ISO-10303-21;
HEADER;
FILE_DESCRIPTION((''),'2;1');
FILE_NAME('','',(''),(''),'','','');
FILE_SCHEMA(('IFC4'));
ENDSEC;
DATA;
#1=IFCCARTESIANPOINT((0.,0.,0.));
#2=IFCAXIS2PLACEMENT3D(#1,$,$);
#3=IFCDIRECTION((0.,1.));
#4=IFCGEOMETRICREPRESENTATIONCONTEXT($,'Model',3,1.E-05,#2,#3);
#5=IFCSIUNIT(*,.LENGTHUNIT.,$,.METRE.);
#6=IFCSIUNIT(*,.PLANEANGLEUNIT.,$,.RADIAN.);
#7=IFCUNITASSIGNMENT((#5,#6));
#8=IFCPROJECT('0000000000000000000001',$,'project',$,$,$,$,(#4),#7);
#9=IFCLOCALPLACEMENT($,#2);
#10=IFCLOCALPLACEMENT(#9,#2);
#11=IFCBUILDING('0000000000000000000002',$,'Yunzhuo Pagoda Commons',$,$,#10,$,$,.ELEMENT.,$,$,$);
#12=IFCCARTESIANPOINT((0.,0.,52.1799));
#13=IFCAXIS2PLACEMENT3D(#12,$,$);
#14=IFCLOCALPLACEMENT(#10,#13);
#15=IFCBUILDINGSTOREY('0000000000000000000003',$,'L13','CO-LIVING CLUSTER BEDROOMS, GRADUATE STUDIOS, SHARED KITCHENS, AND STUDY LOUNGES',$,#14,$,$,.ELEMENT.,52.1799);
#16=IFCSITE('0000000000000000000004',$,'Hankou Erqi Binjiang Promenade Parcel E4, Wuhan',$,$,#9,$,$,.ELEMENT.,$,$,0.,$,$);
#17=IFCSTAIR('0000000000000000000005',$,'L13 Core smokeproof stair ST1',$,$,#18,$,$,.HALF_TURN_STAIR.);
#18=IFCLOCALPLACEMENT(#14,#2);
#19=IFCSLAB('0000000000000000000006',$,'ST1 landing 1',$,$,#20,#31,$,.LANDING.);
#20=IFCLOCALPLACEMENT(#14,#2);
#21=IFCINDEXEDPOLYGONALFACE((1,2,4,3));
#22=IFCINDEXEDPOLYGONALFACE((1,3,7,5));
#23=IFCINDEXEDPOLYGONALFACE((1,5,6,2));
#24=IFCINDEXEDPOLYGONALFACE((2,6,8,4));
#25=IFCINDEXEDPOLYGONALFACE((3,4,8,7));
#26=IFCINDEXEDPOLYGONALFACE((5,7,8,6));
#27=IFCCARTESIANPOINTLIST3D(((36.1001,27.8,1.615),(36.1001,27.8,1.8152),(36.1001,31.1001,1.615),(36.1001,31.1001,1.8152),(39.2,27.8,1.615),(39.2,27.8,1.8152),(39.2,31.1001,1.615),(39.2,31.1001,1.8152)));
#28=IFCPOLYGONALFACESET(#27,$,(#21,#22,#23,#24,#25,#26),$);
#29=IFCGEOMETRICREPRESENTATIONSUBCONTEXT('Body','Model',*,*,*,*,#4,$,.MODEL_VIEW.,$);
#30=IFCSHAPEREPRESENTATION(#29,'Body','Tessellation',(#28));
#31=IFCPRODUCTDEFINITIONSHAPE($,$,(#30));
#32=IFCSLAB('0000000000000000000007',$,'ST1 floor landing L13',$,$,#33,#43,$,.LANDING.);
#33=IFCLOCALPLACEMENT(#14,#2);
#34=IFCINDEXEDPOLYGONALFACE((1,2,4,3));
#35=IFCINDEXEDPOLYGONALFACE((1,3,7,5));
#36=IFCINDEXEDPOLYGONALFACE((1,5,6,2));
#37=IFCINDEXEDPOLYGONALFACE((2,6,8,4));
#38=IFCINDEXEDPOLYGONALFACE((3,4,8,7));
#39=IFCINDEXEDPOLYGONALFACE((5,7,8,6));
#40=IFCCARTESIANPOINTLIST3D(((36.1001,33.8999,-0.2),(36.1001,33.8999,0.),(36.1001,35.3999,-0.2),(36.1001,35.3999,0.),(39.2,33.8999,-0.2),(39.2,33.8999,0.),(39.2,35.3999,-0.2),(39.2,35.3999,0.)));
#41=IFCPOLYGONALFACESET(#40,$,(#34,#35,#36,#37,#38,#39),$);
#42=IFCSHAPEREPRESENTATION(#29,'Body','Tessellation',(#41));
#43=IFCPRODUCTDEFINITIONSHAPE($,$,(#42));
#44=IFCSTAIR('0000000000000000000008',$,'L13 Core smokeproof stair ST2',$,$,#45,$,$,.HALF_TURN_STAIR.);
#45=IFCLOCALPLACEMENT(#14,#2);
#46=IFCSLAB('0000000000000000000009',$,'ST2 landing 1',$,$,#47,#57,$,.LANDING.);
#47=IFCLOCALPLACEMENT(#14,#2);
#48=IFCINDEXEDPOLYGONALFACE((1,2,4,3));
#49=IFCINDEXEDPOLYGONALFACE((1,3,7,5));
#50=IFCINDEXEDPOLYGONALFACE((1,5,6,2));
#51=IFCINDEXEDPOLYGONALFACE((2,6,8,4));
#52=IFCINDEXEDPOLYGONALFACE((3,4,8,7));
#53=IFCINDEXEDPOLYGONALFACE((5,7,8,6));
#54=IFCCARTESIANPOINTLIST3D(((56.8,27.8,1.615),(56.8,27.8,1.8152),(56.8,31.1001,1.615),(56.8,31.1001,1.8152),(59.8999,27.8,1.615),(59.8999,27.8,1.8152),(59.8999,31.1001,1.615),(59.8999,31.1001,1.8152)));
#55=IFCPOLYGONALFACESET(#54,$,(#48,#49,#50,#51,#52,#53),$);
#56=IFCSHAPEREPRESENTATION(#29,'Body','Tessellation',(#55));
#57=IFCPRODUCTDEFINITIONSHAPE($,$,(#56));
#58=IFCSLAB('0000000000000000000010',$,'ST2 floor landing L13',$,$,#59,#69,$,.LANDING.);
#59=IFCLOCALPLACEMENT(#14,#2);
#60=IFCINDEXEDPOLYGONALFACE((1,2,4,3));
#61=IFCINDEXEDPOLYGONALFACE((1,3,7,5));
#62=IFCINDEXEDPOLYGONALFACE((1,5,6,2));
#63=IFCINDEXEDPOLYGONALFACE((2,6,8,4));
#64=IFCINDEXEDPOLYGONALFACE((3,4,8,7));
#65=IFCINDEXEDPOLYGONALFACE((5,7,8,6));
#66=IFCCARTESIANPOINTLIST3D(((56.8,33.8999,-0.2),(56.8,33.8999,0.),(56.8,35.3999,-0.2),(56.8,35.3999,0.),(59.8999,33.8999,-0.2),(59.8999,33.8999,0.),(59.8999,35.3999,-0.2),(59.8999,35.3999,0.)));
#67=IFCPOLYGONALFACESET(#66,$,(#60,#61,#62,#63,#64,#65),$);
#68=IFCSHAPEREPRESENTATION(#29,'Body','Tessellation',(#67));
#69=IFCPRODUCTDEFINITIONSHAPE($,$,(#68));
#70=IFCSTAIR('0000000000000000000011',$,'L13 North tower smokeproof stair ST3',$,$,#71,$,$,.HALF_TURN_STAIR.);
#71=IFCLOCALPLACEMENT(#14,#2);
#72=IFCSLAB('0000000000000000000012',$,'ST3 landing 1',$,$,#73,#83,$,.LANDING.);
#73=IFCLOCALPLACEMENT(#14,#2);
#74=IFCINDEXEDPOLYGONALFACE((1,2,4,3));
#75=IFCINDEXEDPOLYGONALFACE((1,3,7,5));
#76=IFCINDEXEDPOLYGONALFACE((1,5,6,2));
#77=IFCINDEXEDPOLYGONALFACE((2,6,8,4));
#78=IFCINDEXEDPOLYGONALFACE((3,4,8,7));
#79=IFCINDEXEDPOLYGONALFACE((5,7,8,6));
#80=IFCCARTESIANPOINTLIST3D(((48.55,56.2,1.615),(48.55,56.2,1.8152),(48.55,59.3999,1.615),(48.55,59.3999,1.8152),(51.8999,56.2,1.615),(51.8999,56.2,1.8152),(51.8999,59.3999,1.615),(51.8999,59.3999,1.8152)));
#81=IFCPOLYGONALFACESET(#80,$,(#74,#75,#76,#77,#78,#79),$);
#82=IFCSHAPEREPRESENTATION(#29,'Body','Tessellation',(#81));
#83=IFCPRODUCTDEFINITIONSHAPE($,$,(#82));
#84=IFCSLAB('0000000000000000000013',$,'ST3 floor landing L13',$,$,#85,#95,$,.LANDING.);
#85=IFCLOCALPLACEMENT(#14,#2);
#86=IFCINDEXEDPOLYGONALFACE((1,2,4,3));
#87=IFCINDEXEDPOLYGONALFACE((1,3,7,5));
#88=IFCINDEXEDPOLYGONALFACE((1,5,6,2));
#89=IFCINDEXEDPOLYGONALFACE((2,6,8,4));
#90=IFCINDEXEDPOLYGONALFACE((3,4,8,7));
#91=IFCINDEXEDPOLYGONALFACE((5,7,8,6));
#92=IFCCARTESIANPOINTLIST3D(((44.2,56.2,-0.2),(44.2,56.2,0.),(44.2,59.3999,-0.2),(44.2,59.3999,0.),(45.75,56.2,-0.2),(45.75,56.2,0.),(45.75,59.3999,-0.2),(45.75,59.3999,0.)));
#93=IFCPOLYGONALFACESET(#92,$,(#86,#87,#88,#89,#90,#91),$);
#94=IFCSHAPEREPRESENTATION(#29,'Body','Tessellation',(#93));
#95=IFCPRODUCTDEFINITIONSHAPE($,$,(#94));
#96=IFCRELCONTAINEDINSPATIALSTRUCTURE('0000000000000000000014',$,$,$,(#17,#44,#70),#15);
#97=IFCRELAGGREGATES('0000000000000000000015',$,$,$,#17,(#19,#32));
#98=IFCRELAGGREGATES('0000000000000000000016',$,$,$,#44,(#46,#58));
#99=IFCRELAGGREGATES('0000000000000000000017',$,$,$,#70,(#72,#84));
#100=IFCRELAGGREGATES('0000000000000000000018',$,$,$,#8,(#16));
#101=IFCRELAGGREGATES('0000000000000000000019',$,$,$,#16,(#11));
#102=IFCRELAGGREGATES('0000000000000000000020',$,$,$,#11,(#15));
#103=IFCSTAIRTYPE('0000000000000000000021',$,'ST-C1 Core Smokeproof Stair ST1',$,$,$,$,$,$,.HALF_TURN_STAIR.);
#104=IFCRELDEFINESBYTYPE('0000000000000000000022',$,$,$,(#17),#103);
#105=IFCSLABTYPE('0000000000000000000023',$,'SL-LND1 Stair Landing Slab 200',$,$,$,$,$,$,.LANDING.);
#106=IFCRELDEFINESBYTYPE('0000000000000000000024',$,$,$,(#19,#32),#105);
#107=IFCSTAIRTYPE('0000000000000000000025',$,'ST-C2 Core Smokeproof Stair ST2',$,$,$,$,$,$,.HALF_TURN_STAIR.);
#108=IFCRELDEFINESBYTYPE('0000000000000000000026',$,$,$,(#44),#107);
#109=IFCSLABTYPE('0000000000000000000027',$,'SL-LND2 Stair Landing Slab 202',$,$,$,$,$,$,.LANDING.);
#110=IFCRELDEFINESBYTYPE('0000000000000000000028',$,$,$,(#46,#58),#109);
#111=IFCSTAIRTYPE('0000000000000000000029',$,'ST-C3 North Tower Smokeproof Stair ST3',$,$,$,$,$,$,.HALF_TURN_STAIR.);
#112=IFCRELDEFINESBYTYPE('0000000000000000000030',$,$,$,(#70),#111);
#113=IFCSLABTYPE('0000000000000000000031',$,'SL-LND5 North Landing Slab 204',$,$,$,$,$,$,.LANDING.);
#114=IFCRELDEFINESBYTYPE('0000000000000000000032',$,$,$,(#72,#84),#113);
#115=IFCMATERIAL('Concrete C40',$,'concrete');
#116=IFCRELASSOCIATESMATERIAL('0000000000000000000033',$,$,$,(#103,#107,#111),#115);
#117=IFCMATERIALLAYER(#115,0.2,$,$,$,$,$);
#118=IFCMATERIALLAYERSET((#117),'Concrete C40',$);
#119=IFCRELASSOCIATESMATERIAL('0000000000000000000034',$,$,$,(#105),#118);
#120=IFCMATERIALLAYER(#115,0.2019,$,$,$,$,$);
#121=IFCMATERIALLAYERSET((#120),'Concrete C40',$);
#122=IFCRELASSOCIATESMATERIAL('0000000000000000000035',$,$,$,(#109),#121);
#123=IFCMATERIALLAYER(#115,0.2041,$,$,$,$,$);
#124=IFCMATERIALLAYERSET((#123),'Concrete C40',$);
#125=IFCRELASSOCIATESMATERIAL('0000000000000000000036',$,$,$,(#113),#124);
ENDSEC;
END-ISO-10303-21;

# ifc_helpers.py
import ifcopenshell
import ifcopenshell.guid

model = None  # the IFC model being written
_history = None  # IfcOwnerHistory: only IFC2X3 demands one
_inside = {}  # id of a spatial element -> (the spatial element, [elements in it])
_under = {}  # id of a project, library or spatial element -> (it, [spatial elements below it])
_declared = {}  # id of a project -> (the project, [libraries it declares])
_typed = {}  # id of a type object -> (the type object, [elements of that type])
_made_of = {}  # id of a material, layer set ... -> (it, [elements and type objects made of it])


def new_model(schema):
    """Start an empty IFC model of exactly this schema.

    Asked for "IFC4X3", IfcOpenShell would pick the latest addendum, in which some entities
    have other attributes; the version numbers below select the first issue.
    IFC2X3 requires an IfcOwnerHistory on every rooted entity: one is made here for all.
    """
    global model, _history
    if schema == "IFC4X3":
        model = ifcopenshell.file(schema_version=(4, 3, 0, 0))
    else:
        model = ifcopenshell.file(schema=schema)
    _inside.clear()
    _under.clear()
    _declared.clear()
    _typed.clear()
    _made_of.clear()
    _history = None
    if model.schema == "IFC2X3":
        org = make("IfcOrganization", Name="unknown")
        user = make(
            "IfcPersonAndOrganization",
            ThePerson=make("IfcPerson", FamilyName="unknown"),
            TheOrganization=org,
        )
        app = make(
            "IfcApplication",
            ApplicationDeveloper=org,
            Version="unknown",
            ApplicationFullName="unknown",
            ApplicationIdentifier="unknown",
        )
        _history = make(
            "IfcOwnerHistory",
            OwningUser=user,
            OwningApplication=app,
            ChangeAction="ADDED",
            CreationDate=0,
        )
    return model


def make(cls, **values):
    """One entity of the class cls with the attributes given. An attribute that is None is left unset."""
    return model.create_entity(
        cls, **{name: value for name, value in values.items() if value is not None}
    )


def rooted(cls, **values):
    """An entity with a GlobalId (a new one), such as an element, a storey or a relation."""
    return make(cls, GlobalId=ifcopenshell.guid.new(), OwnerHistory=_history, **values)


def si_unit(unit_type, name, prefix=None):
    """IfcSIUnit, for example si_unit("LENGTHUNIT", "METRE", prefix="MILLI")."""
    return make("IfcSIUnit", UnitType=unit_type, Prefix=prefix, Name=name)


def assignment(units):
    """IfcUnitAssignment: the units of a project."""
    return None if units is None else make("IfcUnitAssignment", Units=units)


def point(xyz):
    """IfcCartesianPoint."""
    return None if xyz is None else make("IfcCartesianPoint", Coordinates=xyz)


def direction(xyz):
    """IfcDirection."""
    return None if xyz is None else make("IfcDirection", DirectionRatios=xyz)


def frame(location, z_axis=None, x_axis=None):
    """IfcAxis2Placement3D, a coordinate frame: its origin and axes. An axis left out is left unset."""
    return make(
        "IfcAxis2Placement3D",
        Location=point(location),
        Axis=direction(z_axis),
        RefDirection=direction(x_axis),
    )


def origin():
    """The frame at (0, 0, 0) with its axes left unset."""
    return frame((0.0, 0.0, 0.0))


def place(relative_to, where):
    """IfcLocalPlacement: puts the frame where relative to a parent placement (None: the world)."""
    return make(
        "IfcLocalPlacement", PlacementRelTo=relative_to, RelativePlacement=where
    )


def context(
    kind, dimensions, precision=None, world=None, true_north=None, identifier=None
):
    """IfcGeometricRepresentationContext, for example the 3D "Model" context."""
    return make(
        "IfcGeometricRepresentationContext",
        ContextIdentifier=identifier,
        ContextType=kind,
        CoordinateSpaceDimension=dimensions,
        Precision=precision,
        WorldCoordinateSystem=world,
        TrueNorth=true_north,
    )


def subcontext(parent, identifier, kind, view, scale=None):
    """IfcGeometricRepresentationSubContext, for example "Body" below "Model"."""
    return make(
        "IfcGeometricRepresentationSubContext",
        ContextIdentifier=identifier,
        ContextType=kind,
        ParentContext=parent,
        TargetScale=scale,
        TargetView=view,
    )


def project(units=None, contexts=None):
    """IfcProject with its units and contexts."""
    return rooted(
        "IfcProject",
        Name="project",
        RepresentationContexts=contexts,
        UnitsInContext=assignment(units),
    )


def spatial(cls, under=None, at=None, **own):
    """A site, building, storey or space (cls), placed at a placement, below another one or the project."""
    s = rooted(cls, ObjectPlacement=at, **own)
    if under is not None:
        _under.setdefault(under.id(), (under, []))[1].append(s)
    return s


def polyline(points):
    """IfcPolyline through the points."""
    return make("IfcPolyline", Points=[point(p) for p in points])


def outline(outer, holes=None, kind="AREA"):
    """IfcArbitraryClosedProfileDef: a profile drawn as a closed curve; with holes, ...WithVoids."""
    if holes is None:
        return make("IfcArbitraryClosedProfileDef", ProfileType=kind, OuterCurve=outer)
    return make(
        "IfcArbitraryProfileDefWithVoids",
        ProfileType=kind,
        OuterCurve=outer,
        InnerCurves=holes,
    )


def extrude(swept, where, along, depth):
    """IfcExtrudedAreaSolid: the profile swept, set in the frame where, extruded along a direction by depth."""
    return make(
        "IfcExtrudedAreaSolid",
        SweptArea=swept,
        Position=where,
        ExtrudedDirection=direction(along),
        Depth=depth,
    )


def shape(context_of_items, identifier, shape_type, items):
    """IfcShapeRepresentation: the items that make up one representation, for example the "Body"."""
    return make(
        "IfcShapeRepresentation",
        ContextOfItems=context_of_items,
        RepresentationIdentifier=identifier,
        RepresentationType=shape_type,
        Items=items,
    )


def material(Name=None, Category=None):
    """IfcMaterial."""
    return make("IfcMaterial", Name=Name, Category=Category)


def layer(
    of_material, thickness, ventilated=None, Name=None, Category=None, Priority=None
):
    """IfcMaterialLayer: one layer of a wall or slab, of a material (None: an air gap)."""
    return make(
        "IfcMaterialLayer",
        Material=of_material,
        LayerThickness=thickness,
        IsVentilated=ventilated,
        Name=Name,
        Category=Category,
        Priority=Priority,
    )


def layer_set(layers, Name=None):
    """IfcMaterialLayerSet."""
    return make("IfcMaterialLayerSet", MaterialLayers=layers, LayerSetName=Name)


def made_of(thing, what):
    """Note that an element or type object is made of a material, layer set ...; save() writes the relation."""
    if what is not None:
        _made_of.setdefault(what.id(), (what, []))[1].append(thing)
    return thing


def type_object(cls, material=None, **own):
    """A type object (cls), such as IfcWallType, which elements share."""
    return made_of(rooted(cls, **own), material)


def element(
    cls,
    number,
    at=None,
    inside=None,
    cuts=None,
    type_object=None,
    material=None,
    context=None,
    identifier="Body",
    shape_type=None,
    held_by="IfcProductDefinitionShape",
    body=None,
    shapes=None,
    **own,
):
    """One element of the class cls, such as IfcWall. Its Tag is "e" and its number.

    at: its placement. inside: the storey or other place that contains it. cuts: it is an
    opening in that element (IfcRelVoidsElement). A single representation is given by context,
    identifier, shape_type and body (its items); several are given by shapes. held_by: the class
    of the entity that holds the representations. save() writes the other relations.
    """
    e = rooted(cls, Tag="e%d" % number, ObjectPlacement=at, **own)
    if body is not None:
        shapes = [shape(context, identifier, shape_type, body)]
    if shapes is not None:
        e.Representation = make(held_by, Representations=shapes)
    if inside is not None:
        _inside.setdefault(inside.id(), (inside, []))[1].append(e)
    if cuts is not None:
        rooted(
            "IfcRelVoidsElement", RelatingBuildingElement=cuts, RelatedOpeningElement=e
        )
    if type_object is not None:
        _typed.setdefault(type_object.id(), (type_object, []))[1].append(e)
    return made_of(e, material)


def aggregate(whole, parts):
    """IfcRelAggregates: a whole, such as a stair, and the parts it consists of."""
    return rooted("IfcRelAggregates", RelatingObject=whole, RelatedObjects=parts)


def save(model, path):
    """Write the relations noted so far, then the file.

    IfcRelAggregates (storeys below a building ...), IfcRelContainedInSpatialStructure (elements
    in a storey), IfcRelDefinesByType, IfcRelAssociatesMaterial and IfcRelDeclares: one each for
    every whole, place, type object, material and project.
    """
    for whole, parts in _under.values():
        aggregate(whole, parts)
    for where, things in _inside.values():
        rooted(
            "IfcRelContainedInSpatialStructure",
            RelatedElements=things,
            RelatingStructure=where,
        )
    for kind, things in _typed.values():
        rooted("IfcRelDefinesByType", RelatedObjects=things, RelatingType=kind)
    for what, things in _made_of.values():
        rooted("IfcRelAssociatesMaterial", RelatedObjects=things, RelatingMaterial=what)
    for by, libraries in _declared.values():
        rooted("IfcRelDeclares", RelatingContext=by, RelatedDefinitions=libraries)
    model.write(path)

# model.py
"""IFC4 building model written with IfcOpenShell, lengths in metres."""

from ifc_helpers import new_model, si_unit, direction, frame, origin, place, context, subcontext, project, spatial, polyline, outline, extrude, material, layer, layer_set, type_object, element, aggregate, save


model = new_model("IFC4")

# Units and contexts
model_context = context("Model", 3, precision=1e-05, world=origin(), true_north=direction((0.0, 1.0)))
body_context = subcontext(model_context, "Body", "Model", "MODEL_VIEW")
ifc_project = project(units=[si_unit("LENGTHUNIT", "METRE"), si_unit("PLANEANGLEUNIT", "RADIAN")], contexts=[model_context])

# Site, building, storey
site_placement = place(None, origin())
site = spatial("IfcSite", under=ifc_project, at=site_placement, Name="Hankou Erqi Binjiang Promenade Parcel E4, Wuhan", CompositionType="ELEMENT", RefElevation=0.0)
building_placement = place(site_placement, origin())
building = spatial("IfcBuilding", under=site, at=building_placement, Name="Yunzhuo Pagoda Commons", CompositionType="ELEMENT")
storey_placement = place(building_placement, frame((0.0, 0.0, 52.1799)))
storey = spatial("IfcBuildingStorey", under=building, at=storey_placement, Name="L13", Description="CO-LIVING CLUSTER BEDROOMS, GRADUATE STUDIOS, SHARED KITCHENS, AND STUDY LOUNGES", CompositionType="ELEMENT", Elevation=52.1799)

# Shared definitions
ifc_material_1 = material(Name="Concrete C40", Category="concrete")

# Stairs, slabs
stair_type_1 = type_object("IfcStairType", Name="ST-C1 Core Smokeproof Stair ST1", PredefinedType="HALF_TURN_STAIR", material=ifc_material_1)
stair_1_placement = place(storey_placement, origin())
stair_1 = element("IfcStair", 1, at=stair_1_placement, inside=storey, type_object=stair_type_1, Name="L13 Core smokeproof stair ST1", PredefinedType="HALF_TURN_STAIR")
ifc_layer_1 = layer(ifc_material_1, 0.2)
ifc_layer_set_1 = layer_set([ifc_layer_1], Name="Concrete C40")
slab_type_1 = type_object("IfcSlabType", Name="SL-LND1 Stair Landing Slab 200", PredefinedType="LANDING", material=ifc_layer_set_1)
slab_1_placement = place(storey_placement, frame((0.0, 0.0, 1.615)))
slab_1 = element("IfcSlab", 2, at=slab_1_placement, type_object=slab_type_1, Name="ST1 landing 1", PredefinedType="LANDING", context=body_context, shape_type="SweptSolid", body=[
    extrude(outline(polyline([(36.1001, 31.1001), (36.1001, 27.8), (39.2, 27.8), (39.2, 31.1001), (36.1001, 31.1001)])), origin(), (0.0, 0.0, 1.0), 0.2002),
])
slab_2_placement = place(storey_placement, frame((0.0, 0.0, -0.2)))
slab_2 = element("IfcSlab", 3, at=slab_2_placement, type_object=slab_type_1, Name="ST1 floor landing L13", PredefinedType="LANDING", context=body_context, shape_type="SweptSolid", body=[
    extrude(outline(polyline([(36.1001, 35.3999), (36.1001, 33.8999), (39.2, 33.8999), (39.2, 35.3999), (36.1001, 35.3999)])), origin(), (0.0, 0.0, 1.0), 0.2),
])
aggregate(stair_1, [slab_1, slab_2])
stair_type_2 = type_object("IfcStairType", Name="ST-C2 Core Smokeproof Stair ST2", PredefinedType="HALF_TURN_STAIR", material=ifc_material_1)
stair_2_placement = place(storey_placement, origin())
stair_2 = element("IfcStair", 4, at=stair_2_placement, inside=storey, type_object=stair_type_2, Name="L13 Core smokeproof stair ST2", PredefinedType="HALF_TURN_STAIR")
ifc_layer_2 = layer(ifc_material_1, 0.2019)
ifc_layer_set_2 = layer_set([ifc_layer_2], Name="Concrete C40")
slab_type_2 = type_object("IfcSlabType", Name="SL-LND2 Stair Landing Slab 202", PredefinedType="LANDING", material=ifc_layer_set_2)
slab_3_placement = place(storey_placement, frame((0.0, 0.0, 1.615)))
slab_3 = element("IfcSlab", 5, at=slab_3_placement, type_object=slab_type_2, Name="ST2 landing 1", PredefinedType="LANDING", context=body_context, shape_type="SweptSolid", body=[
    extrude(outline(polyline([(56.8, 31.1001), (56.8, 27.8), (59.8999, 27.8), (59.8999, 31.1001), (56.8, 31.1001)])), origin(), (0.0, 0.0, 1.0), 0.2002),
])
slab_4_placement = place(storey_placement, frame((0.0, 0.0, -0.2)))
slab_4 = element("IfcSlab", 6, at=slab_4_placement, type_object=slab_type_2, Name="ST2 floor landing L13", PredefinedType="LANDING", context=body_context, shape_type="SweptSolid", body=[
    extrude(outline(polyline([(56.8, 35.3999), (56.8, 33.8999), (59.8999, 33.8999), (59.8999, 35.3999), (56.8, 35.3999)])), origin(), (0.0, 0.0, 1.0), 0.2),
])
aggregate(stair_2, [slab_3, slab_4])
stair_type_3 = type_object("IfcStairType", Name="ST-C3 North Tower Smokeproof Stair ST3", PredefinedType="HALF_TURN_STAIR", material=ifc_material_1)
stair_3_placement = place(storey_placement, origin())
stair_3 = element("IfcStair", 7, at=stair_3_placement, inside=storey, type_object=stair_type_3, Name="L13 North tower smokeproof stair ST3", PredefinedType="HALF_TURN_STAIR")
ifc_layer_3 = layer(ifc_material_1, 0.2041)
ifc_layer_set_3 = layer_set([ifc_layer_3], Name="Concrete C40")
slab_type_3 = type_object("IfcSlabType", Name="SL-LND5 North Landing Slab 204", PredefinedType="LANDING", material=ifc_layer_set_3)
slab_5_placement = place(storey_placement, frame((0.0, 0.0, 1.615)))
slab_5 = element("IfcSlab", 8, at=slab_5_placement, type_object=slab_type_3, Name="ST3 landing 1", PredefinedType="LANDING", context=body_context, shape_type="SweptSolid", body=[
    extrude(outline(polyline([(48.55, 56.2), (51.8999, 56.2), (51.8999, 59.3999), (48.55, 59.3999), (48.55, 56.2)])), origin(), (0.0, 0.0, 1.0), 0.2002),
])
slab_6_placement = place(storey_placement, frame((0.0, 0.0, -0.2)))
slab_6 = element("IfcSlab", 9, at=slab_6_placement, type_object=slab_type_3, Name="ST3 floor landing L13", PredefinedType="LANDING", context=body_context, shape_type="SweptSolid", body=[
    extrude(outline(polyline([(44.2, 56.2), (45.75, 56.2), (45.75, 59.3999), (44.2, 59.3999), (44.2, 56.2)])), origin(), (0.0, 0.0, 1.0), 0.2),
])
aggregate(stair_3, [slab_5, slab_6])

save(model, "model.ifc")
